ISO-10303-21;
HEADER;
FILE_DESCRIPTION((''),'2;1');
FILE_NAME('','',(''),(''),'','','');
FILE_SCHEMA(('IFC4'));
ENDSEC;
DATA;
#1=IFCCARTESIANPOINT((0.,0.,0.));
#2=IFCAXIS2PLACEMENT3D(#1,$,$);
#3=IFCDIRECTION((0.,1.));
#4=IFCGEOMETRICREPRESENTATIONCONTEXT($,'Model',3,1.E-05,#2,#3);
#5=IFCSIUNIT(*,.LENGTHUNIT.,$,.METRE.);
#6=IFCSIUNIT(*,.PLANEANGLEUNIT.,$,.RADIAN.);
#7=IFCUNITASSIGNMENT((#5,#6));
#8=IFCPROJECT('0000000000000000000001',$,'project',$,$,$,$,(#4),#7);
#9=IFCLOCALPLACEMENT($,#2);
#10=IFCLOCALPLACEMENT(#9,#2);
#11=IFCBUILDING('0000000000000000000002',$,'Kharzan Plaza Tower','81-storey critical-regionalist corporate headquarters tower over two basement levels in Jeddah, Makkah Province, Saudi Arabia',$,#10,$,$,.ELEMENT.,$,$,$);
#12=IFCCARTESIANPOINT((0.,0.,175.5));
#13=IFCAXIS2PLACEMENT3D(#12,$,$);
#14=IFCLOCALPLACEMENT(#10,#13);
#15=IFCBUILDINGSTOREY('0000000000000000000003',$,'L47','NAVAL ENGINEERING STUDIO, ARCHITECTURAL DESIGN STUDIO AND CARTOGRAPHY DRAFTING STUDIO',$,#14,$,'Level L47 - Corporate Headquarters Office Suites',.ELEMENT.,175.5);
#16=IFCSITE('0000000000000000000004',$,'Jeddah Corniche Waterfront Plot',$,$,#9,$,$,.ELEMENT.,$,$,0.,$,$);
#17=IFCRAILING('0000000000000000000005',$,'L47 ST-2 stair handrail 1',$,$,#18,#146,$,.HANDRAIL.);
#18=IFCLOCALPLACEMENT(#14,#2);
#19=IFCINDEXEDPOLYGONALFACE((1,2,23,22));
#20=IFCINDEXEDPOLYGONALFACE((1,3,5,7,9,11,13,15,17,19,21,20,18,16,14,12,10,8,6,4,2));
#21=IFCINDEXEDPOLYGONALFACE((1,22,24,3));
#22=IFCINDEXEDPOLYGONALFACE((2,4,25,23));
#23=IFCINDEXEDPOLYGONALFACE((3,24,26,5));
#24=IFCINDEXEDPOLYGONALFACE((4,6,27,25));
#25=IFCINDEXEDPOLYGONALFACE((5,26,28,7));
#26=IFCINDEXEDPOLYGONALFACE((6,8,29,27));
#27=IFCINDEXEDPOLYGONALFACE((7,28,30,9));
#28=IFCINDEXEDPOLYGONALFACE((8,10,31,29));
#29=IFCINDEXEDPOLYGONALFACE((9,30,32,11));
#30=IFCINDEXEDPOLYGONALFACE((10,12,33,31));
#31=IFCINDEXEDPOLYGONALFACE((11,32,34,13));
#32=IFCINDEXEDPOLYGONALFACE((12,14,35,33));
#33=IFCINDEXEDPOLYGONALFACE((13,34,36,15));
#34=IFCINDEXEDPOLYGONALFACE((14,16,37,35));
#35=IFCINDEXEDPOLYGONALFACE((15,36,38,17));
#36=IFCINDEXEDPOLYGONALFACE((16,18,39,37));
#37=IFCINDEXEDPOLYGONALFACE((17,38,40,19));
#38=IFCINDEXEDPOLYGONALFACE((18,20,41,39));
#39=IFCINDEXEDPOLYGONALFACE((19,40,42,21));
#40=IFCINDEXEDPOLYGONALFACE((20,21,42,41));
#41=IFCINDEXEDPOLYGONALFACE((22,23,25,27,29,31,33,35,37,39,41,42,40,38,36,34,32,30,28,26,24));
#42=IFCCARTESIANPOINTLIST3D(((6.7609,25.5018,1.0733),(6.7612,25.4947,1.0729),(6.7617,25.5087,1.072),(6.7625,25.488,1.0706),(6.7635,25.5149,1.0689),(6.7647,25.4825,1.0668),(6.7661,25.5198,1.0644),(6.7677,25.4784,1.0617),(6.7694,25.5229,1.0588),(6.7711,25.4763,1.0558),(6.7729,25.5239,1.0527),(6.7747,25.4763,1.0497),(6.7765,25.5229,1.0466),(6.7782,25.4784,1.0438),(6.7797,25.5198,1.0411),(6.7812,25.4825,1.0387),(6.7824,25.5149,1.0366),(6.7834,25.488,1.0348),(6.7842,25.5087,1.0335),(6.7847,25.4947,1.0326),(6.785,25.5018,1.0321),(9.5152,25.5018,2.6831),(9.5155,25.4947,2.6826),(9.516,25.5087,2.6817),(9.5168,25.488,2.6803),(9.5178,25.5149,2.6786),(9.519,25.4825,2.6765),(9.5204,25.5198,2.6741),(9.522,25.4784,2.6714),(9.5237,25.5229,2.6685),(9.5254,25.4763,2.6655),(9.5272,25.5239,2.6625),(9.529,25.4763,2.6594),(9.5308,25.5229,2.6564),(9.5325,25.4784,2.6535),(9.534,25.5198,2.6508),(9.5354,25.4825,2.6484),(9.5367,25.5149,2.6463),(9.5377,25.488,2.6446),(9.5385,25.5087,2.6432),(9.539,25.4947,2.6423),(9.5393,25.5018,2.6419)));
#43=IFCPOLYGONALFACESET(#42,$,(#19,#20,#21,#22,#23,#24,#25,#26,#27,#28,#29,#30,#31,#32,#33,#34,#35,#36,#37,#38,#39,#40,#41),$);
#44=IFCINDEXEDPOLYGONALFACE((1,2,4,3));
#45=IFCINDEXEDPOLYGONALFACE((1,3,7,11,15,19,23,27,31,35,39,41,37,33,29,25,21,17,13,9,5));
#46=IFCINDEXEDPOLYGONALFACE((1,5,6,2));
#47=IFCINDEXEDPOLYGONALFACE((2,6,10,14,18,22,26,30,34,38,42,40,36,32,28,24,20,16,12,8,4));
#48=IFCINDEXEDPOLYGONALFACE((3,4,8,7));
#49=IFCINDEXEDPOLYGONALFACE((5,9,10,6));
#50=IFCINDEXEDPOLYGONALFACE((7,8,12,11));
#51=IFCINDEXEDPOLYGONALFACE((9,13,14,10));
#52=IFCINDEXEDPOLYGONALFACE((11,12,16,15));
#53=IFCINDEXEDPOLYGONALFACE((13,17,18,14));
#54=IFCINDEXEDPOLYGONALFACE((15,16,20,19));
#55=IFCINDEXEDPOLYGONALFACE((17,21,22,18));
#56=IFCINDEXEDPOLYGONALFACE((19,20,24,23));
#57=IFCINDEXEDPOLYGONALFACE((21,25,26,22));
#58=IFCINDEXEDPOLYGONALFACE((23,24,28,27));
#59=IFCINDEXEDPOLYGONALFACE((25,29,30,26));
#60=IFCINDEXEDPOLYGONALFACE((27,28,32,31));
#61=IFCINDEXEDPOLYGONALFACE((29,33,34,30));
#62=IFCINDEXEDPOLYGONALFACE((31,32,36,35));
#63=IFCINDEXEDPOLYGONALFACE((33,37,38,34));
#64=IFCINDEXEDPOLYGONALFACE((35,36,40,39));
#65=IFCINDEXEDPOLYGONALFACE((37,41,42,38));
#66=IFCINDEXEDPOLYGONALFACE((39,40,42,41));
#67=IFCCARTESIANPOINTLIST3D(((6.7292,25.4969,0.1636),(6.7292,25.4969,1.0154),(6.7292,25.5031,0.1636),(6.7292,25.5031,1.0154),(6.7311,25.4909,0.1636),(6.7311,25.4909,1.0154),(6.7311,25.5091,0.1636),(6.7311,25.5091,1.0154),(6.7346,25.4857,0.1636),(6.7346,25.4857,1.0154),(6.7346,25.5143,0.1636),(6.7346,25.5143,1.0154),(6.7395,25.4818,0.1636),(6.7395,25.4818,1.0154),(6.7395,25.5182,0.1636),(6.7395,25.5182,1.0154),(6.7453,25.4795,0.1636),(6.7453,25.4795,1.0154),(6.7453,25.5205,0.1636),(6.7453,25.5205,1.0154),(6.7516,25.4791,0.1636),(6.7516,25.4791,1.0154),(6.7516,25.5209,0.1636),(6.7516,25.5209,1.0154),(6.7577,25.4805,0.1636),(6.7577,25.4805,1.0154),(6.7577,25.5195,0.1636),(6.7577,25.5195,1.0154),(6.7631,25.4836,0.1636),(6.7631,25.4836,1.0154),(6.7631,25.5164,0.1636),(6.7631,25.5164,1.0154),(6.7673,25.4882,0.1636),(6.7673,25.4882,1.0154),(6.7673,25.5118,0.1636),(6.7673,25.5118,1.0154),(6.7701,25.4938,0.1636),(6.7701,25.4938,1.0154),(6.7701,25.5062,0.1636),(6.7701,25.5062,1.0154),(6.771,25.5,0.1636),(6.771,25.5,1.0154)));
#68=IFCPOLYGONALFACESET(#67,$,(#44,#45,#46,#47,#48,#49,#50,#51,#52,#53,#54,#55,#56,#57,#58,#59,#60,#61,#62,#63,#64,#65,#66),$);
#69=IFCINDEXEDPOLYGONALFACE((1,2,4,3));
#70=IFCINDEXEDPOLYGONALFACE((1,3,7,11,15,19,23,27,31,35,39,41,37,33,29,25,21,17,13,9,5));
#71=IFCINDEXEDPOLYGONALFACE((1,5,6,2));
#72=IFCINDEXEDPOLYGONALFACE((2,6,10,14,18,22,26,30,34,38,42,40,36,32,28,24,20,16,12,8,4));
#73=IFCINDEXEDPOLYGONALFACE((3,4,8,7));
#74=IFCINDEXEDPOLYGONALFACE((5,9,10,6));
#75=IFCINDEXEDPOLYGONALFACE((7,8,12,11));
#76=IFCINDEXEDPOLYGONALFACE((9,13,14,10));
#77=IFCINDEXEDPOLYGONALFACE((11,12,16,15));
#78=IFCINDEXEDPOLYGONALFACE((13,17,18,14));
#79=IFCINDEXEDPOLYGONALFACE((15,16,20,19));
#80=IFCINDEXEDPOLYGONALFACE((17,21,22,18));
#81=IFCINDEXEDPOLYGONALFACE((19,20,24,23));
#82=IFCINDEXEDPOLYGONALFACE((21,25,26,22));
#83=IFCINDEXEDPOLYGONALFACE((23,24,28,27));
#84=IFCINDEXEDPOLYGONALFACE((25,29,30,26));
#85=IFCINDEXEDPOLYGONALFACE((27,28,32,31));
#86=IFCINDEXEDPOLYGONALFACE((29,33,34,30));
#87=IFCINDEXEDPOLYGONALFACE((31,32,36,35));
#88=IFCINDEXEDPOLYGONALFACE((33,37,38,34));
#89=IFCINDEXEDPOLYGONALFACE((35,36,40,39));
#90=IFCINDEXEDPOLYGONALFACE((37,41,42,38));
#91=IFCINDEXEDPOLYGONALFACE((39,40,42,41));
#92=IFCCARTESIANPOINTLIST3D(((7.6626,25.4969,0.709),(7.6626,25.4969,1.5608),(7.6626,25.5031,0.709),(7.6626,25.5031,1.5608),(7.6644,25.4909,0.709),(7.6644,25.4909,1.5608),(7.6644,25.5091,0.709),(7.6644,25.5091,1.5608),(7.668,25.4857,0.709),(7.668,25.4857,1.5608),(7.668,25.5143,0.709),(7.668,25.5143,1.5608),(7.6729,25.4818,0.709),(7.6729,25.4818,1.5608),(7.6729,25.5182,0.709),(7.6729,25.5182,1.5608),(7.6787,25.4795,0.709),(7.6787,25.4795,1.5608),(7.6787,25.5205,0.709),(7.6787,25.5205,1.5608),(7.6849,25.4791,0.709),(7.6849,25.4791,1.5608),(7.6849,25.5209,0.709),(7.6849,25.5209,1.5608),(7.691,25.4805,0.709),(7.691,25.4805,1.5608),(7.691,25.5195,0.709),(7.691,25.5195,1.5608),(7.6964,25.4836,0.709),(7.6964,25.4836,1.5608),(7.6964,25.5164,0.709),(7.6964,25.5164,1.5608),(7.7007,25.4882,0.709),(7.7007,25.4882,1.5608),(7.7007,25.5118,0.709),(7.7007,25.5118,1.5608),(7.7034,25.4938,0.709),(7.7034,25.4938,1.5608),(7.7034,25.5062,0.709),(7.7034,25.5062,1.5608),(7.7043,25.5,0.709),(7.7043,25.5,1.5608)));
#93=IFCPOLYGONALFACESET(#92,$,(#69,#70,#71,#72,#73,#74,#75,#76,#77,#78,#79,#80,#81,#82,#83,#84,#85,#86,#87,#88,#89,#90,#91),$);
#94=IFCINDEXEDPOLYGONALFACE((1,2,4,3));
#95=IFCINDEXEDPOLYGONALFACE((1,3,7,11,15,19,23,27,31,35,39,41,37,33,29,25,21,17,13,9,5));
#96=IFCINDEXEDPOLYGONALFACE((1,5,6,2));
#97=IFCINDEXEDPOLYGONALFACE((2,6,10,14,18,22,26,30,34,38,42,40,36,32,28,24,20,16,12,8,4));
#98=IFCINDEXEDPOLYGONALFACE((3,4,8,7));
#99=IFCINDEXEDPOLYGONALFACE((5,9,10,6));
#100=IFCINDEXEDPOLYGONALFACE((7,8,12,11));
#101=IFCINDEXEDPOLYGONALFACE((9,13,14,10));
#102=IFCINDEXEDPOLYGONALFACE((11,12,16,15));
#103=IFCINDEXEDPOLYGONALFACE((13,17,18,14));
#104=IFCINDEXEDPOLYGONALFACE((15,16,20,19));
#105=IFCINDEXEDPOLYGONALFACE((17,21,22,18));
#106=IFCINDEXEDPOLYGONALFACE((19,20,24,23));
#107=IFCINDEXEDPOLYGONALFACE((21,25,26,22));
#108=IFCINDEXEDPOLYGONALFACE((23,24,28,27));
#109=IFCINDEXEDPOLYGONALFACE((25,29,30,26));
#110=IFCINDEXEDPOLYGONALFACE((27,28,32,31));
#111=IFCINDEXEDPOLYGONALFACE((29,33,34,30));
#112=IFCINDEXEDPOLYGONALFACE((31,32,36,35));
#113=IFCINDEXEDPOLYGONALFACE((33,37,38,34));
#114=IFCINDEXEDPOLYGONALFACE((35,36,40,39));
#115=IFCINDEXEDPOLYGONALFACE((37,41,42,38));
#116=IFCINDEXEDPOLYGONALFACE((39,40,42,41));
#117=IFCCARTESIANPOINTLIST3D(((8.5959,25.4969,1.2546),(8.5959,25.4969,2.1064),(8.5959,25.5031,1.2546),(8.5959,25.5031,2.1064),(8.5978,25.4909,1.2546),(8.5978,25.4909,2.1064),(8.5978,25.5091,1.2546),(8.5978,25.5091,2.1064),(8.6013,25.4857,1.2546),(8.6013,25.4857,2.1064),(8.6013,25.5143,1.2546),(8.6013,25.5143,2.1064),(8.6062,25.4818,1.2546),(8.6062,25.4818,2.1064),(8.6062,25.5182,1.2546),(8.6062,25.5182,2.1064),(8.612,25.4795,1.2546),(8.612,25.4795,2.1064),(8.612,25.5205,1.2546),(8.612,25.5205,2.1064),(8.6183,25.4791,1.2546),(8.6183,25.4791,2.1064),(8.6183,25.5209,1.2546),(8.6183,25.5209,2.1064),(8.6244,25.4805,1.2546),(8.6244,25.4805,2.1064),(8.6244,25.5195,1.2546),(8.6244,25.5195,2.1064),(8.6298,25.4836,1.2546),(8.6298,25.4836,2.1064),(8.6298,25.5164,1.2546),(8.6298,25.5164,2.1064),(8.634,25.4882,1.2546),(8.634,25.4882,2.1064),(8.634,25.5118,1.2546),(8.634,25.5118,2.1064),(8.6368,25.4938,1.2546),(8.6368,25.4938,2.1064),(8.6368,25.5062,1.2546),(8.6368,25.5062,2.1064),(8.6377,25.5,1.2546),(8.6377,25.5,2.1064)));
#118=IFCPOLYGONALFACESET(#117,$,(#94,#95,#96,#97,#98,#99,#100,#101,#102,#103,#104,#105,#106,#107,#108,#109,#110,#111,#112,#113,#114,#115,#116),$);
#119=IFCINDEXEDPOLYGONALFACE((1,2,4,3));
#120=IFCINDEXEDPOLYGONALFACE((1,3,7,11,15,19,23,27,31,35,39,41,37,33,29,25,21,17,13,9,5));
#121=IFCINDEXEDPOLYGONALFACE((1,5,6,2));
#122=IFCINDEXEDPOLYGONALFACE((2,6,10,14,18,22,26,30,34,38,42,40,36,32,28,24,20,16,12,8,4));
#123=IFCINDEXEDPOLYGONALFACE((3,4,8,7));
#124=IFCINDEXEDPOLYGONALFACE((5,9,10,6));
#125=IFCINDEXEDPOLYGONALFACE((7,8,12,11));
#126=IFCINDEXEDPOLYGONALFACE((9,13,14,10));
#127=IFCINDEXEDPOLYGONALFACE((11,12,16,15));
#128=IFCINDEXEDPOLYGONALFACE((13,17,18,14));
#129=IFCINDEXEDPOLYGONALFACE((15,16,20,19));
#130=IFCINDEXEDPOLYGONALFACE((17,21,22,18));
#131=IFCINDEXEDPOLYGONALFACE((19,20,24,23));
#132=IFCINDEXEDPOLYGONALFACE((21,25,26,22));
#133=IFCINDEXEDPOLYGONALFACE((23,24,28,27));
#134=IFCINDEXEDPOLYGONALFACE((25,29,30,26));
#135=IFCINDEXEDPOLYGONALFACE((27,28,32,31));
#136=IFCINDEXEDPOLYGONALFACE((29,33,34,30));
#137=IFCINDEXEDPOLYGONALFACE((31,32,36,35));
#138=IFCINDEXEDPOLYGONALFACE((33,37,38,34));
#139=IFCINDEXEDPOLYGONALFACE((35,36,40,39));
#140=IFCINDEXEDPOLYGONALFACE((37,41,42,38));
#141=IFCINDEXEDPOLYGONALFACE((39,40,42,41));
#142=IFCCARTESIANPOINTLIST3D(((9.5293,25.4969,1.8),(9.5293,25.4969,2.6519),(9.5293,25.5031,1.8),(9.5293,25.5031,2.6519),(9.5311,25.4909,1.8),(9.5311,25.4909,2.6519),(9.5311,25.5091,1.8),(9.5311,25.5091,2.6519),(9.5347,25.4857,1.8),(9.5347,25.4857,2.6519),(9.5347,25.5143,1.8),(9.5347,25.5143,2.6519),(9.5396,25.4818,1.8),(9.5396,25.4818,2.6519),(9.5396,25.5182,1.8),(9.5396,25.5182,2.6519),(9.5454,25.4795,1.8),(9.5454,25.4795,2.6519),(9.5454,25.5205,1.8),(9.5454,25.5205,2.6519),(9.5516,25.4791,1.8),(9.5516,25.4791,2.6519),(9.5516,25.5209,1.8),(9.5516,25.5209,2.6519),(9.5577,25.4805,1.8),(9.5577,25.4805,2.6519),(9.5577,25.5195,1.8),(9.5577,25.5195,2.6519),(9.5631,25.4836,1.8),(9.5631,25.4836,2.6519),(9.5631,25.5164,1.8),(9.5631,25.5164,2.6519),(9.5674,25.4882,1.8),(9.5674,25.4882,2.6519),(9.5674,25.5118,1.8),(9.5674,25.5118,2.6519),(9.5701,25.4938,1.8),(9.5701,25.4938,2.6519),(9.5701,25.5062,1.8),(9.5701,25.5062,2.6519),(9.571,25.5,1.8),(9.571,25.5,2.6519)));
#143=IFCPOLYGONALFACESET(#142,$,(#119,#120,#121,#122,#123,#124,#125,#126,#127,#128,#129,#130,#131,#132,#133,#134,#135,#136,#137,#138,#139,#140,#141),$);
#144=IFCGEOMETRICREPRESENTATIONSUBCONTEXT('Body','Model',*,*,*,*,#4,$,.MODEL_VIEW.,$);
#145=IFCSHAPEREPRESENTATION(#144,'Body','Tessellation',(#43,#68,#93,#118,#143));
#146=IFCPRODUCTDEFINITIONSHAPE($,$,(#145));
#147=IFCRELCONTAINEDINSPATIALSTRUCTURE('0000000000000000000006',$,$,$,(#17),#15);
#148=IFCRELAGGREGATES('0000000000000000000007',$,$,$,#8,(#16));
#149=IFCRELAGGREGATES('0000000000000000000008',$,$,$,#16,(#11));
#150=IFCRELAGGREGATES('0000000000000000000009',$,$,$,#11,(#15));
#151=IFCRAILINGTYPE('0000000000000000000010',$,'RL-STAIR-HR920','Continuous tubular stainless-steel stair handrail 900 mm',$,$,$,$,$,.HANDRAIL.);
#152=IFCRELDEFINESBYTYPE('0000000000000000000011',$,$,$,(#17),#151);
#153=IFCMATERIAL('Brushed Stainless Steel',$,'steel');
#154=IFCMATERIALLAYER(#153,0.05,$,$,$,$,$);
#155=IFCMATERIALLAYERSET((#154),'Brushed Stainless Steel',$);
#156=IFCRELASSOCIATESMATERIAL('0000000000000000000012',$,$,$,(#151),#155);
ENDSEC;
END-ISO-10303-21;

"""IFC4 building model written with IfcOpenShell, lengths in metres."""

from ifc_helpers import new_model, si_unit, direction, frame, origin, origin_2d, place, context, subcontext, project, spatial, circle, extrude, source, transform, mapped, material, layer, layer_set, type_object, element, save


model = new_model("IFC4")

# Units and contexts
model_context = context("Model", 3, precision=1e-05, world=origin(), true_north=direction((0.0, 1.0)))
body_context = subcontext(model_context, "Body", "Model", "MODEL_VIEW")
ifc_project = project(units=[si_unit("LENGTHUNIT", "METRE"), si_unit("PLANEANGLEUNIT", "RADIAN")], contexts=[model_context])

# Site, building, storey
site_placement = place(None, origin())
site = spatial("IfcSite", under=ifc_project, at=site_placement, Name="Jeddah Corniche Waterfront Plot", CompositionType="ELEMENT", RefElevation=0.0)
building_placement = place(site_placement, origin())
building = spatial("IfcBuilding", under=site, at=building_placement, Name="Kharzan Plaza Tower", Description="81-storey critical-regionalist corporate headquarters tower over two basement levels in Jeddah, Makkah Province, Saudi Arabia", CompositionType="ELEMENT")
storey_placement = place(building_placement, frame((0.0, 0.0, 175.5)))
storey = spatial("IfcBuildingStorey", under=building, at=storey_placement, Name="L47", Description="NAVAL ENGINEERING STUDIO, ARCHITECTURAL DESIGN STUDIO AND CARTOGRAPHY DRAFTING STUDIO", LongName="Level L47 - Corporate Headquarters Office Suites", CompositionType="ELEMENT", Elevation=175.5)

# Shared definitions
ifc_material_1 = material(Name="Brushed Stainless Steel", Category="steel")

# Railing
ifc_layer_1 = layer(ifc_material_1, 0.05)
ifc_layer_set_1 = layer_set([ifc_layer_1], Name="Brushed Stainless Steel")
railing_type_1 = type_object("IfcRailingType", Name="RL-STAIR-HR920", Description="Continuous tubular stainless-steel stair handrail 900 mm", PredefinedType="HANDRAIL", material=ifc_layer_set_1)
shared_shape_1 = source(origin(), body_context, "Body", "SweptSolid", [
    extrude(circle(Radius=0.0239, at=origin_2d()), frame((0.0229, 0.0, 0.8892), z_axis=(0.863361, 0.0, 0.504587), x_axis=(0.0, 1.0, 0.0)), (0.0, 0.0, 1.0), 3.1902),
    extrude(circle(Radius=0.021, at=origin_2d()), origin(), (0.0, 0.0, 1.0), 0.8518),
    extrude(circle(Radius=0.021, at=origin_2d()), frame((0.9333, 0.0, 0.5454)), (0.0, 0.0, 1.0), 0.8518),
    extrude(circle(Radius=0.021, at=origin_2d()), frame((1.8667, 0.0, 1.0911)), (0.0, 0.0, 1.0), 0.8518),
    extrude(circle(Radius=0.021, at=origin_2d()), frame((2.8, 0.0, 1.6365)), (0.0, 0.0, 1.0), 0.8518),
])
railing_1_placement = place(storey_placement, frame((6.75, 25.5, 0.1636)))
element("IfcRailing", 1, at=railing_1_placement, inside=storey, type_object=railing_type_1, Name="L47 ST-2 stair handrail 1", PredefinedType="HANDRAIL", context=body_context, shape_type="MappedRepresentation", body=[
    mapped(shared_shape_1, transform((0.0, 0.0, 0.0), x_axis=(1.0, 0.0, 0.0), y_axis=(0.0, 1.0, 0.0), z_axis=(0.0, 0.0, 1.0))),
])

save(model, "model.ifc")
